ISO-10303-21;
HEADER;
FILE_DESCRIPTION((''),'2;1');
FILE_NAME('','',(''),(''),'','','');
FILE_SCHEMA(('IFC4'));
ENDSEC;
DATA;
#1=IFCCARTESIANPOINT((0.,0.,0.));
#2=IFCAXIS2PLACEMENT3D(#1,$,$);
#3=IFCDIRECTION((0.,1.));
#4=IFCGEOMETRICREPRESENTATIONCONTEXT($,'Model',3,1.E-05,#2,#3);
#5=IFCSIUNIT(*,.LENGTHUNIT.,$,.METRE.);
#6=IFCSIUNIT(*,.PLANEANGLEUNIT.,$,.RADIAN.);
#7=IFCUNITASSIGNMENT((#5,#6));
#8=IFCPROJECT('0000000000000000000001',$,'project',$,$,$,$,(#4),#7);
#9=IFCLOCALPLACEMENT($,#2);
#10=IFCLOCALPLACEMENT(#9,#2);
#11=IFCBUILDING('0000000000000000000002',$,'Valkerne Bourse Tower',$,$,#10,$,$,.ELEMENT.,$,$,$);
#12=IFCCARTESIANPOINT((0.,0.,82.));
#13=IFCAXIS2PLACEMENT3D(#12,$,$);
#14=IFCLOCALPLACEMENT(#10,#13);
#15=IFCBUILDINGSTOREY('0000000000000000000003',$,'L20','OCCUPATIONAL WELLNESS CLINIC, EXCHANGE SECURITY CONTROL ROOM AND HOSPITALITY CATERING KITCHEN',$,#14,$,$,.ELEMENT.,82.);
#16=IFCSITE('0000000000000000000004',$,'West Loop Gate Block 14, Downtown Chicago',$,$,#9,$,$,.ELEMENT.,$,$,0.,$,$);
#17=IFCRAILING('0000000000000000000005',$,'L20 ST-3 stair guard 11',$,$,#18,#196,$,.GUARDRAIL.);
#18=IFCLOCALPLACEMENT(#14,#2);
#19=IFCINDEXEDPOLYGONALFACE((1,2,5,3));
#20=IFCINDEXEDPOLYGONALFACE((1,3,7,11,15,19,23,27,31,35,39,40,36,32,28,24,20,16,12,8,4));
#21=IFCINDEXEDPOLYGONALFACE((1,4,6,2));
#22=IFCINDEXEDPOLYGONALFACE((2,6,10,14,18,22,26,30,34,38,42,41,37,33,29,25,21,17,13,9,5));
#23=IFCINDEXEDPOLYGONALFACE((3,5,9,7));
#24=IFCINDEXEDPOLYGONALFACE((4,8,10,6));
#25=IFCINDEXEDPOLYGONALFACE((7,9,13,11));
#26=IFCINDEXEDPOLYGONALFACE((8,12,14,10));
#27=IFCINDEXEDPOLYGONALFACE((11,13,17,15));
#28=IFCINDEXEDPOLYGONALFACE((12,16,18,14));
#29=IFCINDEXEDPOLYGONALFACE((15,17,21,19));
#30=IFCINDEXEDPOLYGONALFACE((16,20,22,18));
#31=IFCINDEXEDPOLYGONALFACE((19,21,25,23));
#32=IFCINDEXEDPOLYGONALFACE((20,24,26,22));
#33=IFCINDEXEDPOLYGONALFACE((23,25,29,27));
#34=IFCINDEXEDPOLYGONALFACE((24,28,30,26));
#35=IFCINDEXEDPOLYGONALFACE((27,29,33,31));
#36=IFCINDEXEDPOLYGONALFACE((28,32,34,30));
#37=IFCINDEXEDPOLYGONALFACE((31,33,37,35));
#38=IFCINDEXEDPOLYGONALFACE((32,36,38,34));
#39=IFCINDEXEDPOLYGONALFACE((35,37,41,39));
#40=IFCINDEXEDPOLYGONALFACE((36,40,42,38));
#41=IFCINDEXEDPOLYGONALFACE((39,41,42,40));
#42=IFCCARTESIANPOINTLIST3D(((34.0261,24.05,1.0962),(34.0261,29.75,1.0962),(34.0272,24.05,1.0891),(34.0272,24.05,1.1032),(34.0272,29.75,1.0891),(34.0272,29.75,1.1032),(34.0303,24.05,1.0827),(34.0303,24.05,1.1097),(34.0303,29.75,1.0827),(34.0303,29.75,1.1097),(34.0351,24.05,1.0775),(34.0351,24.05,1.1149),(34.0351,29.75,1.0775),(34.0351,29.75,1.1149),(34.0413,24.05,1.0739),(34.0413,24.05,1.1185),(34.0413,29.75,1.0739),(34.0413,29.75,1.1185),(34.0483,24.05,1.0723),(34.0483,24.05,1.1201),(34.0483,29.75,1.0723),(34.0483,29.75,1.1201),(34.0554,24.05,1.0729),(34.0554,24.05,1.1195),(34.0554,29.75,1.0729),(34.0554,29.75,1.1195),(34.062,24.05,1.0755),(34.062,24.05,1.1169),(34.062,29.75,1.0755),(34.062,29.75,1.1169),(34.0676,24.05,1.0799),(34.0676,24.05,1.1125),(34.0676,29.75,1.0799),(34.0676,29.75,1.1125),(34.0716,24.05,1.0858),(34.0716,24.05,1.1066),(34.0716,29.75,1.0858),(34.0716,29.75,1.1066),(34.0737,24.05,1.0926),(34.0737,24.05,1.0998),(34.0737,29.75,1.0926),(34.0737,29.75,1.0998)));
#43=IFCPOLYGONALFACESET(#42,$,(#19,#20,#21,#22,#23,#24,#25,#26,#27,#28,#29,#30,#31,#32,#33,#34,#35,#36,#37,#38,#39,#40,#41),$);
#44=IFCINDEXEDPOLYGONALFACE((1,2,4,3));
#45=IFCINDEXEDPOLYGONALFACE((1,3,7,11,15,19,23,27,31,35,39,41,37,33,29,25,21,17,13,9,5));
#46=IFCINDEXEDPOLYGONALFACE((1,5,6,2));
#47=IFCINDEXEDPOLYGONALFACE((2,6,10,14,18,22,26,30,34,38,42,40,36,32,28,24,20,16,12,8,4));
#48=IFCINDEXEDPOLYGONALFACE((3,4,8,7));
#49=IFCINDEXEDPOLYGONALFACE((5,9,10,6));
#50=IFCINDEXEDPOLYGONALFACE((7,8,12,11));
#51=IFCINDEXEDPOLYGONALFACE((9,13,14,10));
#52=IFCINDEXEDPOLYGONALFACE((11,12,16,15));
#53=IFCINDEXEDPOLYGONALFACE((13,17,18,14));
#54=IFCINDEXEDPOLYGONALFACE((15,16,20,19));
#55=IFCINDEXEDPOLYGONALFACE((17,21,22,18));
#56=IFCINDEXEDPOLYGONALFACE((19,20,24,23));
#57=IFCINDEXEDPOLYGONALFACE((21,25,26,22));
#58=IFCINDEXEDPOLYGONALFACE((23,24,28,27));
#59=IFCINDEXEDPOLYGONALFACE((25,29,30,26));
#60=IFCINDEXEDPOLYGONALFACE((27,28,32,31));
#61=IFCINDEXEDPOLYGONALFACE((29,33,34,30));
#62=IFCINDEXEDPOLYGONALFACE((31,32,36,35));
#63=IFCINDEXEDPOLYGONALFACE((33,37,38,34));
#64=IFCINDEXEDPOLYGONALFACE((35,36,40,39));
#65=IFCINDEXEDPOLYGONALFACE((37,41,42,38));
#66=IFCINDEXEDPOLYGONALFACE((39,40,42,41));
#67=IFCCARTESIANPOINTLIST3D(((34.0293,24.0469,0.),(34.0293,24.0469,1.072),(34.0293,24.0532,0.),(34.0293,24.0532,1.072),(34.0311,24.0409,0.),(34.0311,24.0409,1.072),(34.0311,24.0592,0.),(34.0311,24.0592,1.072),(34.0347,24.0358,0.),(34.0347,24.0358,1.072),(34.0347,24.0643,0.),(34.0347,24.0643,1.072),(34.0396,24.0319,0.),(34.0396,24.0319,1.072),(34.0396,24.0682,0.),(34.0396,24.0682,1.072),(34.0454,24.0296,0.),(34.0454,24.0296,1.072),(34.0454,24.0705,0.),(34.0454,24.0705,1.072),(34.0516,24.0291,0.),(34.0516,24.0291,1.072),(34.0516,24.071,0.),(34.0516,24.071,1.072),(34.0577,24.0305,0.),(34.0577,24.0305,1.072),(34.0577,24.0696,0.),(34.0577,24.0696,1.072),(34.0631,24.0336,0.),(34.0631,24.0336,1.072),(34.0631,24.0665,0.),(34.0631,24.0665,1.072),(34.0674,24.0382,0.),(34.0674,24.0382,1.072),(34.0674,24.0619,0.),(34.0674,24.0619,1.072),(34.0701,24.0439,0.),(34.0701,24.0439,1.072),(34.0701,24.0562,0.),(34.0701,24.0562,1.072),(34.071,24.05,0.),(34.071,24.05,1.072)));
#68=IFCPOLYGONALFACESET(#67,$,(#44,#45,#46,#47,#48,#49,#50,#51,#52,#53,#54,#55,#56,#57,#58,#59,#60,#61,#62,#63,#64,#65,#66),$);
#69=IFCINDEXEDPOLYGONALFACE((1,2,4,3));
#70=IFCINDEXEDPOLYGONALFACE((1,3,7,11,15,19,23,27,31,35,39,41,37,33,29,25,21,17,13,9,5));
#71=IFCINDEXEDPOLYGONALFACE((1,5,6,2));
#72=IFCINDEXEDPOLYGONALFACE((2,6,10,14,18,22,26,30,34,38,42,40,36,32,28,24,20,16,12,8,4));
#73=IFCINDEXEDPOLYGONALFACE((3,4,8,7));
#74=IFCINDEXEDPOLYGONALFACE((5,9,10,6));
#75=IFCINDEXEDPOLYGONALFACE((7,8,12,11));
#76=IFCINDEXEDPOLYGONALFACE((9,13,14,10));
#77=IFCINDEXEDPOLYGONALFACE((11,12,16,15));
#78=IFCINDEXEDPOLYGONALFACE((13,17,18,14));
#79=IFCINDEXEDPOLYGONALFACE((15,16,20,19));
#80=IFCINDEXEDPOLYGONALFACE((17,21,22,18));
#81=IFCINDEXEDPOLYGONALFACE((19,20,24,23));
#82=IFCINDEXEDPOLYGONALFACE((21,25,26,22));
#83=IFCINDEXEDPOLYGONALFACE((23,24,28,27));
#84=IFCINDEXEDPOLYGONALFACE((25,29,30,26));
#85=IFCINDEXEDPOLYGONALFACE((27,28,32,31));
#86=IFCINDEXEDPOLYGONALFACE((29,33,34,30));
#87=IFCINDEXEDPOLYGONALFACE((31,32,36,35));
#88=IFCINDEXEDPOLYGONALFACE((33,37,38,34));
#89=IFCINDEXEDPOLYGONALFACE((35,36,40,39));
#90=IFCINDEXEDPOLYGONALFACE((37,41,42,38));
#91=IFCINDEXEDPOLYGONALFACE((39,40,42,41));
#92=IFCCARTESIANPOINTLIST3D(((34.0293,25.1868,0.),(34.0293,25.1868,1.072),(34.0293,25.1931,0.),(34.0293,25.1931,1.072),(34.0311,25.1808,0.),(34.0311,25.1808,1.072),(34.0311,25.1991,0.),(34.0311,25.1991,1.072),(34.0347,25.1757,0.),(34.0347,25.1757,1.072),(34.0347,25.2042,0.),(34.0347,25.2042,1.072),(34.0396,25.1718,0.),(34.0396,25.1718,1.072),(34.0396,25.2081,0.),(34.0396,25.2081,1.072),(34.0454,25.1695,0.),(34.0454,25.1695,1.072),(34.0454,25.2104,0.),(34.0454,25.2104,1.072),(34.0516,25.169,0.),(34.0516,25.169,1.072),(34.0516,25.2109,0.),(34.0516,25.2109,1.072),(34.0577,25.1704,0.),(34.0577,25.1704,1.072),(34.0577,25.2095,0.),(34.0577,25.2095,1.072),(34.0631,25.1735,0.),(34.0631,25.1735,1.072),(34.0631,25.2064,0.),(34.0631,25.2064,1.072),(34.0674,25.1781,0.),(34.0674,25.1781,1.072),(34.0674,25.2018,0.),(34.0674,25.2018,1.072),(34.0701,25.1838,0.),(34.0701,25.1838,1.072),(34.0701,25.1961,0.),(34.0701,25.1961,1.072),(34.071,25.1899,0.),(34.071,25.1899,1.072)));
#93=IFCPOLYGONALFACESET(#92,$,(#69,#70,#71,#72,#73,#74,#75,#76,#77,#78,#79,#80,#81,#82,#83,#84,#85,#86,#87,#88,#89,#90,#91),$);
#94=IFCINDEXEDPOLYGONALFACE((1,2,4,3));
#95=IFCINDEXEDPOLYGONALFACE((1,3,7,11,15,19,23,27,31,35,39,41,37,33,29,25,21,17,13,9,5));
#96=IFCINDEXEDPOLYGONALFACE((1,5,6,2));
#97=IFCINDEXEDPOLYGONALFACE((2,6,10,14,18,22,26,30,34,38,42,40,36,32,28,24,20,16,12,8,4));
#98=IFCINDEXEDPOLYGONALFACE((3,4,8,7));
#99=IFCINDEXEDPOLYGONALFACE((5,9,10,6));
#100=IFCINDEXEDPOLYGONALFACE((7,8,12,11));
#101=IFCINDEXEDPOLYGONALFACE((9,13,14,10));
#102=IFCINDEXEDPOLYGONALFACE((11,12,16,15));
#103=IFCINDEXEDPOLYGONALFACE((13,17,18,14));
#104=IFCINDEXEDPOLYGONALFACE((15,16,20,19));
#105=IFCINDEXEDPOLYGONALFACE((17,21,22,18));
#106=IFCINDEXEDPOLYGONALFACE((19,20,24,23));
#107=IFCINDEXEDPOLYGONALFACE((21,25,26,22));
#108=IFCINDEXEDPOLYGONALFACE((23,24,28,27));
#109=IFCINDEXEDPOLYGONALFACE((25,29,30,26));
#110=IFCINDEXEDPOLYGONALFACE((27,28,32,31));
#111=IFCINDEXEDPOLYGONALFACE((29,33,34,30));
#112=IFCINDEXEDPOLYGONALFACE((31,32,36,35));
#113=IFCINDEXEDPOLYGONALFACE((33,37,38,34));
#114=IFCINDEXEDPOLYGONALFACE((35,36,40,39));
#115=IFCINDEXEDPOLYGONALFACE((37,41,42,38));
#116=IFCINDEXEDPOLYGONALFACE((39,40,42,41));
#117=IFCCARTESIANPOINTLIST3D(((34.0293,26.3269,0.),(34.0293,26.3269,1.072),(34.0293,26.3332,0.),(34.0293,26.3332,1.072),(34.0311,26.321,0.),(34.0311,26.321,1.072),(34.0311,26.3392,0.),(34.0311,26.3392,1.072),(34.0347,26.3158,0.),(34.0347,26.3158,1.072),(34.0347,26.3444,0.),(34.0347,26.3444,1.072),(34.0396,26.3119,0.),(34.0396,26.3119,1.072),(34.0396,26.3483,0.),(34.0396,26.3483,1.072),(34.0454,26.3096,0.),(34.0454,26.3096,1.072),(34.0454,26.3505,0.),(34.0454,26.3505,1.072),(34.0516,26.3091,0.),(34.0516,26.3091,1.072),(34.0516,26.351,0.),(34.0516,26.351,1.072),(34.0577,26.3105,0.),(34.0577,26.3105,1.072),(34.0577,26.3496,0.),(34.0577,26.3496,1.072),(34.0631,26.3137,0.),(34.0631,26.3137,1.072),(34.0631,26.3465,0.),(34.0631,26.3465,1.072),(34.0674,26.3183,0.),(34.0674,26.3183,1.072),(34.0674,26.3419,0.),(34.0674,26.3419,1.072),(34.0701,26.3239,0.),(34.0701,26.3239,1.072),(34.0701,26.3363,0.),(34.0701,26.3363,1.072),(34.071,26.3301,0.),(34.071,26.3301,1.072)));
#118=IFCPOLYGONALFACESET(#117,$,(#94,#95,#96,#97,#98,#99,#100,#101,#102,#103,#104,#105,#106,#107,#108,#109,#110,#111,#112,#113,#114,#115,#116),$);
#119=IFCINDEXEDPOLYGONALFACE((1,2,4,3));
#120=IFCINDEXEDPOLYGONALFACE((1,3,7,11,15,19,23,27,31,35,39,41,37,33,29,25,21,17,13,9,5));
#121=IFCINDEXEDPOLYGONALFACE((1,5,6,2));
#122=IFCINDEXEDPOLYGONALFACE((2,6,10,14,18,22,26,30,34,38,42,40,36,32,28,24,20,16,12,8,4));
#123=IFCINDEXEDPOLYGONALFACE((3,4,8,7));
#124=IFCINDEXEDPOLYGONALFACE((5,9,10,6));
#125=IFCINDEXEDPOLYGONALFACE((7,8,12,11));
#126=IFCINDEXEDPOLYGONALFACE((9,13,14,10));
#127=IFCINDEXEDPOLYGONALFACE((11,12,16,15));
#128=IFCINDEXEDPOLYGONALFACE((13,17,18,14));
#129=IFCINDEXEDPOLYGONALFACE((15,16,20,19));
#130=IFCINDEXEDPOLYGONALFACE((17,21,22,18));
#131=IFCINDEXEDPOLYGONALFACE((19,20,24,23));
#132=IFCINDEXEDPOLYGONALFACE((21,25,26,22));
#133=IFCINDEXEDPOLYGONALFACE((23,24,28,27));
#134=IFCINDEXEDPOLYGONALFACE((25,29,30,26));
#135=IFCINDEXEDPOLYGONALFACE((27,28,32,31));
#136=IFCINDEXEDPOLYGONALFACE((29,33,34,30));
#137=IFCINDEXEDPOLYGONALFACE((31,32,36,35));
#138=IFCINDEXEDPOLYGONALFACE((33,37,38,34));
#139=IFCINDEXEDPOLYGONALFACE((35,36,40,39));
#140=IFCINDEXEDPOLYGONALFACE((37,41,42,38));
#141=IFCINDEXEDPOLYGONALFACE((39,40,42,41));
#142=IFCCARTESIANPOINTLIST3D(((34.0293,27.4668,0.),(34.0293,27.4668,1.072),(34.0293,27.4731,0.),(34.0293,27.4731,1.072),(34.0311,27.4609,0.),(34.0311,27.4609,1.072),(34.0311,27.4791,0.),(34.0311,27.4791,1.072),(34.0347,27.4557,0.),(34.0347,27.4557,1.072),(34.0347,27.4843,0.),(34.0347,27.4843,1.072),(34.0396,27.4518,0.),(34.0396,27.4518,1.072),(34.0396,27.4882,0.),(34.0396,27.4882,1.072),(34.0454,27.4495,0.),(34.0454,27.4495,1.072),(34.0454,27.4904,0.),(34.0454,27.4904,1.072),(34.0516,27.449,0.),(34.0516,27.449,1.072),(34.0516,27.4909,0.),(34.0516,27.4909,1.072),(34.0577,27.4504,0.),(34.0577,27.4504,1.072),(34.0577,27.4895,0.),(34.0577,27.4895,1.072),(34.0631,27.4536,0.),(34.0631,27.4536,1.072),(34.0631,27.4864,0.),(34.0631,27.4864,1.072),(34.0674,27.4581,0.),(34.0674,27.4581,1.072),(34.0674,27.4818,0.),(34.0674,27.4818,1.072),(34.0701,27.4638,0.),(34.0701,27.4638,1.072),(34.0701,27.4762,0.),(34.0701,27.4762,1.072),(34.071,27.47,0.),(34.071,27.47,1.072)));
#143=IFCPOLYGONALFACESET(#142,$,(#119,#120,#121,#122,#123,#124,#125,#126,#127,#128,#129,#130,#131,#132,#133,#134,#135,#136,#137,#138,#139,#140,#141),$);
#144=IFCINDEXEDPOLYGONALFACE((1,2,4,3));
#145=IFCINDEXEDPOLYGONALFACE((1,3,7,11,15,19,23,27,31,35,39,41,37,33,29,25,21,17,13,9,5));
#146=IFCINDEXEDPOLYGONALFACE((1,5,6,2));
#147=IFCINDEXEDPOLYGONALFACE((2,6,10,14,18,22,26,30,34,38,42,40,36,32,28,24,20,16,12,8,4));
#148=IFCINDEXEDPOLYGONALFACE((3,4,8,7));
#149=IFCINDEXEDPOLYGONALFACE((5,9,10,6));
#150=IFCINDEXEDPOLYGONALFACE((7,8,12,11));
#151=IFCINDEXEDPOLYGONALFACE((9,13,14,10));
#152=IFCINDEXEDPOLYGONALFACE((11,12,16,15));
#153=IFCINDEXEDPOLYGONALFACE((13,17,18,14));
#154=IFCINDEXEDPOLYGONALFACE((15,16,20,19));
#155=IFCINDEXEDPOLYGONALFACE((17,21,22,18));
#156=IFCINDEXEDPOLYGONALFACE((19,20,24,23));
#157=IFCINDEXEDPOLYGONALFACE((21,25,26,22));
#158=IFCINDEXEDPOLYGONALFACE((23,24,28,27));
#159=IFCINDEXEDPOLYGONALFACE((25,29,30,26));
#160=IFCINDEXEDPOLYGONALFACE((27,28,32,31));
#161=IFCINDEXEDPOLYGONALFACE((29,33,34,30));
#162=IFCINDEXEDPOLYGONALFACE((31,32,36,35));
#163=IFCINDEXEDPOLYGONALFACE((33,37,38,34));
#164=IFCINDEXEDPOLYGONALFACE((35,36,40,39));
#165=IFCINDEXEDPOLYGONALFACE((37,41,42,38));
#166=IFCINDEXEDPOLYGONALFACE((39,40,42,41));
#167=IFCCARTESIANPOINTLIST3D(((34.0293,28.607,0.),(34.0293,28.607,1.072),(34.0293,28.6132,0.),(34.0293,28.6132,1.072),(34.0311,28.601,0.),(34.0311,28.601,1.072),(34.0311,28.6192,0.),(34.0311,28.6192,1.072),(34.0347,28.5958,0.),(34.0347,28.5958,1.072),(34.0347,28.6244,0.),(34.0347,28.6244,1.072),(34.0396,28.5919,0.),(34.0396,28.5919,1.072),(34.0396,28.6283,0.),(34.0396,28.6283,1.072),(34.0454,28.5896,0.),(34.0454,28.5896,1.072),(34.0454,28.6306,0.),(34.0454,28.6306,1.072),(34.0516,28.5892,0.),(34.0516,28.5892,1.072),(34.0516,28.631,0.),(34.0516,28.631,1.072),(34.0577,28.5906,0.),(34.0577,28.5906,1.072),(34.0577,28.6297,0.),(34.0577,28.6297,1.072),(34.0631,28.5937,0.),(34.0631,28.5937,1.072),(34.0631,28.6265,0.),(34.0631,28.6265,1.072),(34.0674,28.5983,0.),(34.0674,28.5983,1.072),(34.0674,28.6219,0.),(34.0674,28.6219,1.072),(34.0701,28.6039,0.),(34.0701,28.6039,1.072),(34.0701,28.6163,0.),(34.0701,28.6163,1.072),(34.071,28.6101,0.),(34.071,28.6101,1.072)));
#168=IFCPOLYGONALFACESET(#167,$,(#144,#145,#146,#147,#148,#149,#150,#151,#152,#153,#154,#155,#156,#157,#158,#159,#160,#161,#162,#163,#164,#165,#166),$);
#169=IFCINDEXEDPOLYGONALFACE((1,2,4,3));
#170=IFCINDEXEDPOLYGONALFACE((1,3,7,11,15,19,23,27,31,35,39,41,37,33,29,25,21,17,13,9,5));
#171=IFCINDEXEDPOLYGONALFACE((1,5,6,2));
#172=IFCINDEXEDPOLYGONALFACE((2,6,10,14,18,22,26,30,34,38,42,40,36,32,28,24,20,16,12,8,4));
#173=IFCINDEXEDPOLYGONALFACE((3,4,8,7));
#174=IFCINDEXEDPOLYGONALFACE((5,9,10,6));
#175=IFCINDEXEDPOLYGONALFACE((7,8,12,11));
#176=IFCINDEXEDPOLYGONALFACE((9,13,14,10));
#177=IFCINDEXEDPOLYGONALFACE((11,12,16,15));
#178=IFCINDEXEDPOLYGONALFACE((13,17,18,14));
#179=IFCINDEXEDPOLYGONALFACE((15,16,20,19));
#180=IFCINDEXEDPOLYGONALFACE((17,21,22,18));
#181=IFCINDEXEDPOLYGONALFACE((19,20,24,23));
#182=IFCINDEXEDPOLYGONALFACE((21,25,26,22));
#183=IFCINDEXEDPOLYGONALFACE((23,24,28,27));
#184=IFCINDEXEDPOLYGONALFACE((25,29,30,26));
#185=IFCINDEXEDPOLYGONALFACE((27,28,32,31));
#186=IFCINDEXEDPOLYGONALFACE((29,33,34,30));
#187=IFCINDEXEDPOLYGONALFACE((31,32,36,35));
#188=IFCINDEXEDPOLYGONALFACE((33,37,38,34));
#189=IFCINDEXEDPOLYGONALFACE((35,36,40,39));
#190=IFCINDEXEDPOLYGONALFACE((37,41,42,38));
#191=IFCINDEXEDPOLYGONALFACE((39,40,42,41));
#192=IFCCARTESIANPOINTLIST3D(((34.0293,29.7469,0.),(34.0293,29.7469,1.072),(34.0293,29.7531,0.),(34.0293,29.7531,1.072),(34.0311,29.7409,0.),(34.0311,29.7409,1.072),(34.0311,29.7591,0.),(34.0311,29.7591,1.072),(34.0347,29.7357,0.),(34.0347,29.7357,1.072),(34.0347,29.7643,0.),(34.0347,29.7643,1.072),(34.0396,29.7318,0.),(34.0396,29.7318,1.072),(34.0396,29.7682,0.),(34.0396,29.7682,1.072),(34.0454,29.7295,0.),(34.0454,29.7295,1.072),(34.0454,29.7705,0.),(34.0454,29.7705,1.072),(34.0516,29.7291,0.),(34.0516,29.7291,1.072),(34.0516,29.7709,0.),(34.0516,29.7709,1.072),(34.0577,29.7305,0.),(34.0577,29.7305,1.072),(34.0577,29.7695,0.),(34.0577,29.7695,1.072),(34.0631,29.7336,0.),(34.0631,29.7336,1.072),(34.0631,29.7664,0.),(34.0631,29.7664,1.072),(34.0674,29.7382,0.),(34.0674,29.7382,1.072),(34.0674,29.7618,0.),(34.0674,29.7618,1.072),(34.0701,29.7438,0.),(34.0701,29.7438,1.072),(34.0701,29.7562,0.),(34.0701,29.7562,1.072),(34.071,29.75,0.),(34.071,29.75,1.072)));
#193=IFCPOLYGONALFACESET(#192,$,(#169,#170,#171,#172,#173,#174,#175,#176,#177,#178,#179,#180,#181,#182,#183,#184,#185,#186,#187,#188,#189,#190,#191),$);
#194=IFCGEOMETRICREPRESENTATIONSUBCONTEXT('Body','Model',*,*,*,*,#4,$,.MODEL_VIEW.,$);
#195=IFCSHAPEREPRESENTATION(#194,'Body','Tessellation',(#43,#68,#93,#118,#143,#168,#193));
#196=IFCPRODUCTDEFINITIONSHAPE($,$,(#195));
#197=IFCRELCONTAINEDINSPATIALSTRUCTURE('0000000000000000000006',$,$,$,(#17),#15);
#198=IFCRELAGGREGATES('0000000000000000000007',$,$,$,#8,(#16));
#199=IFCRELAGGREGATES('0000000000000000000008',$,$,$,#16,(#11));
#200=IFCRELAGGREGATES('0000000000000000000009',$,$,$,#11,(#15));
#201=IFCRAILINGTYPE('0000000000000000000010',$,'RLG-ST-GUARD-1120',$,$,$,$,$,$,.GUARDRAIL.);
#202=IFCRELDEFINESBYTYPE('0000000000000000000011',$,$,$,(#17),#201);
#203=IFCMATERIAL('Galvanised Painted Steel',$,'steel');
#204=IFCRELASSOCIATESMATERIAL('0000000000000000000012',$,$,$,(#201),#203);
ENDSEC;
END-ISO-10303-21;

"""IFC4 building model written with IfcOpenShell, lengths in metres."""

from ifc_helpers import new_model, si_unit, direction, frame, origin, origin_2d, place, context, subcontext, project, spatial, circle, extrude, material, type_object, element, save


model = new_model("IFC4")

# Units and contexts
model_context = context("Model", 3, precision=1e-05, world=origin(), true_north=direction((0.0, 1.0)))
body_context = subcontext(model_context, "Body", "Model", "MODEL_VIEW")
ifc_project = project(units=[si_unit("LENGTHUNIT", "METRE"), si_unit("PLANEANGLEUNIT", "RADIAN")], contexts=[model_context])

# Site, building, storey
site_placement = place(None, origin())
site = spatial("IfcSite", under=ifc_project, at=site_placement, Name="West Loop Gate Block 14, Downtown Chicago", CompositionType="ELEMENT", RefElevation=0.0)
building_placement = place(site_placement, origin())
building = spatial("IfcBuilding", under=site, at=building_placement, Name="Valkerne Bourse Tower", CompositionType="ELEMENT")
storey_placement = place(building_placement, frame((0.0, 0.0, 82.0)))
storey = spatial("IfcBuildingStorey", under=building, at=storey_placement, Name="L20", Description="OCCUPATIONAL WELLNESS CLINIC, EXCHANGE SECURITY CONTROL ROOM AND HOSPITALITY CATERING KITCHEN", CompositionType="ELEMENT", Elevation=82.0)

# Shared definitions
ifc_material_1 = material(Name="Galvanised Painted Steel", Category="steel")

# Railing
railing_type_1 = type_object("IfcRailingType", Name="RLG-ST-GUARD-1120", PredefinedType="GUARDRAIL", material=ifc_material_1)
for number, where, name in (
    (1, (34.05, 24.05, 0.0), "L20 ST-3 stair guard 11"),
):
    element("IfcRailing", number, at=place(storey_placement, frame(where)), inside=storey, type_object=railing_type_1, Name=name, PredefinedType="GUARDRAIL", context=body_context, shape_type="SweptSolid", body=[
        extrude(circle(Radius=0.0239, at=origin_2d()), frame((0.0, 0.0, 1.0962), z_axis=(0.0, 1.0, 0.0), x_axis=(-1.0, 0.0, 0.0)), (0.0, 0.0, 1.0), 5.7),
        extrude(circle(Radius=0.021, at=origin_2d()), origin(), (0.0, 0.0, 1.0), 1.072),
        extrude(circle(Radius=0.021, at=origin_2d()), frame((0.0, 1.1399, 0.0)), (0.0, 0.0, 1.0), 1.072),
        extrude(circle(Radius=0.021, at=origin_2d()), frame((0.0, 2.28, 0.0)), (0.0, 0.0, 1.0), 1.072),
        extrude(circle(Radius=0.021, at=origin_2d()), frame((0.0, 3.4199, 0.0)), (0.0, 0.0, 1.0), 1.072),
        extrude(circle(Radius=0.021, at=origin_2d()), frame((0.0, 4.5601, 0.0)), (0.0, 0.0, 1.0), 1.072),
        extrude(circle(Radius=0.021, at=origin_2d()), frame((0.0, 5.7, 0.0)), (0.0, 0.0, 1.0), 1.072),
    ])

save(model, "model.ifc")
